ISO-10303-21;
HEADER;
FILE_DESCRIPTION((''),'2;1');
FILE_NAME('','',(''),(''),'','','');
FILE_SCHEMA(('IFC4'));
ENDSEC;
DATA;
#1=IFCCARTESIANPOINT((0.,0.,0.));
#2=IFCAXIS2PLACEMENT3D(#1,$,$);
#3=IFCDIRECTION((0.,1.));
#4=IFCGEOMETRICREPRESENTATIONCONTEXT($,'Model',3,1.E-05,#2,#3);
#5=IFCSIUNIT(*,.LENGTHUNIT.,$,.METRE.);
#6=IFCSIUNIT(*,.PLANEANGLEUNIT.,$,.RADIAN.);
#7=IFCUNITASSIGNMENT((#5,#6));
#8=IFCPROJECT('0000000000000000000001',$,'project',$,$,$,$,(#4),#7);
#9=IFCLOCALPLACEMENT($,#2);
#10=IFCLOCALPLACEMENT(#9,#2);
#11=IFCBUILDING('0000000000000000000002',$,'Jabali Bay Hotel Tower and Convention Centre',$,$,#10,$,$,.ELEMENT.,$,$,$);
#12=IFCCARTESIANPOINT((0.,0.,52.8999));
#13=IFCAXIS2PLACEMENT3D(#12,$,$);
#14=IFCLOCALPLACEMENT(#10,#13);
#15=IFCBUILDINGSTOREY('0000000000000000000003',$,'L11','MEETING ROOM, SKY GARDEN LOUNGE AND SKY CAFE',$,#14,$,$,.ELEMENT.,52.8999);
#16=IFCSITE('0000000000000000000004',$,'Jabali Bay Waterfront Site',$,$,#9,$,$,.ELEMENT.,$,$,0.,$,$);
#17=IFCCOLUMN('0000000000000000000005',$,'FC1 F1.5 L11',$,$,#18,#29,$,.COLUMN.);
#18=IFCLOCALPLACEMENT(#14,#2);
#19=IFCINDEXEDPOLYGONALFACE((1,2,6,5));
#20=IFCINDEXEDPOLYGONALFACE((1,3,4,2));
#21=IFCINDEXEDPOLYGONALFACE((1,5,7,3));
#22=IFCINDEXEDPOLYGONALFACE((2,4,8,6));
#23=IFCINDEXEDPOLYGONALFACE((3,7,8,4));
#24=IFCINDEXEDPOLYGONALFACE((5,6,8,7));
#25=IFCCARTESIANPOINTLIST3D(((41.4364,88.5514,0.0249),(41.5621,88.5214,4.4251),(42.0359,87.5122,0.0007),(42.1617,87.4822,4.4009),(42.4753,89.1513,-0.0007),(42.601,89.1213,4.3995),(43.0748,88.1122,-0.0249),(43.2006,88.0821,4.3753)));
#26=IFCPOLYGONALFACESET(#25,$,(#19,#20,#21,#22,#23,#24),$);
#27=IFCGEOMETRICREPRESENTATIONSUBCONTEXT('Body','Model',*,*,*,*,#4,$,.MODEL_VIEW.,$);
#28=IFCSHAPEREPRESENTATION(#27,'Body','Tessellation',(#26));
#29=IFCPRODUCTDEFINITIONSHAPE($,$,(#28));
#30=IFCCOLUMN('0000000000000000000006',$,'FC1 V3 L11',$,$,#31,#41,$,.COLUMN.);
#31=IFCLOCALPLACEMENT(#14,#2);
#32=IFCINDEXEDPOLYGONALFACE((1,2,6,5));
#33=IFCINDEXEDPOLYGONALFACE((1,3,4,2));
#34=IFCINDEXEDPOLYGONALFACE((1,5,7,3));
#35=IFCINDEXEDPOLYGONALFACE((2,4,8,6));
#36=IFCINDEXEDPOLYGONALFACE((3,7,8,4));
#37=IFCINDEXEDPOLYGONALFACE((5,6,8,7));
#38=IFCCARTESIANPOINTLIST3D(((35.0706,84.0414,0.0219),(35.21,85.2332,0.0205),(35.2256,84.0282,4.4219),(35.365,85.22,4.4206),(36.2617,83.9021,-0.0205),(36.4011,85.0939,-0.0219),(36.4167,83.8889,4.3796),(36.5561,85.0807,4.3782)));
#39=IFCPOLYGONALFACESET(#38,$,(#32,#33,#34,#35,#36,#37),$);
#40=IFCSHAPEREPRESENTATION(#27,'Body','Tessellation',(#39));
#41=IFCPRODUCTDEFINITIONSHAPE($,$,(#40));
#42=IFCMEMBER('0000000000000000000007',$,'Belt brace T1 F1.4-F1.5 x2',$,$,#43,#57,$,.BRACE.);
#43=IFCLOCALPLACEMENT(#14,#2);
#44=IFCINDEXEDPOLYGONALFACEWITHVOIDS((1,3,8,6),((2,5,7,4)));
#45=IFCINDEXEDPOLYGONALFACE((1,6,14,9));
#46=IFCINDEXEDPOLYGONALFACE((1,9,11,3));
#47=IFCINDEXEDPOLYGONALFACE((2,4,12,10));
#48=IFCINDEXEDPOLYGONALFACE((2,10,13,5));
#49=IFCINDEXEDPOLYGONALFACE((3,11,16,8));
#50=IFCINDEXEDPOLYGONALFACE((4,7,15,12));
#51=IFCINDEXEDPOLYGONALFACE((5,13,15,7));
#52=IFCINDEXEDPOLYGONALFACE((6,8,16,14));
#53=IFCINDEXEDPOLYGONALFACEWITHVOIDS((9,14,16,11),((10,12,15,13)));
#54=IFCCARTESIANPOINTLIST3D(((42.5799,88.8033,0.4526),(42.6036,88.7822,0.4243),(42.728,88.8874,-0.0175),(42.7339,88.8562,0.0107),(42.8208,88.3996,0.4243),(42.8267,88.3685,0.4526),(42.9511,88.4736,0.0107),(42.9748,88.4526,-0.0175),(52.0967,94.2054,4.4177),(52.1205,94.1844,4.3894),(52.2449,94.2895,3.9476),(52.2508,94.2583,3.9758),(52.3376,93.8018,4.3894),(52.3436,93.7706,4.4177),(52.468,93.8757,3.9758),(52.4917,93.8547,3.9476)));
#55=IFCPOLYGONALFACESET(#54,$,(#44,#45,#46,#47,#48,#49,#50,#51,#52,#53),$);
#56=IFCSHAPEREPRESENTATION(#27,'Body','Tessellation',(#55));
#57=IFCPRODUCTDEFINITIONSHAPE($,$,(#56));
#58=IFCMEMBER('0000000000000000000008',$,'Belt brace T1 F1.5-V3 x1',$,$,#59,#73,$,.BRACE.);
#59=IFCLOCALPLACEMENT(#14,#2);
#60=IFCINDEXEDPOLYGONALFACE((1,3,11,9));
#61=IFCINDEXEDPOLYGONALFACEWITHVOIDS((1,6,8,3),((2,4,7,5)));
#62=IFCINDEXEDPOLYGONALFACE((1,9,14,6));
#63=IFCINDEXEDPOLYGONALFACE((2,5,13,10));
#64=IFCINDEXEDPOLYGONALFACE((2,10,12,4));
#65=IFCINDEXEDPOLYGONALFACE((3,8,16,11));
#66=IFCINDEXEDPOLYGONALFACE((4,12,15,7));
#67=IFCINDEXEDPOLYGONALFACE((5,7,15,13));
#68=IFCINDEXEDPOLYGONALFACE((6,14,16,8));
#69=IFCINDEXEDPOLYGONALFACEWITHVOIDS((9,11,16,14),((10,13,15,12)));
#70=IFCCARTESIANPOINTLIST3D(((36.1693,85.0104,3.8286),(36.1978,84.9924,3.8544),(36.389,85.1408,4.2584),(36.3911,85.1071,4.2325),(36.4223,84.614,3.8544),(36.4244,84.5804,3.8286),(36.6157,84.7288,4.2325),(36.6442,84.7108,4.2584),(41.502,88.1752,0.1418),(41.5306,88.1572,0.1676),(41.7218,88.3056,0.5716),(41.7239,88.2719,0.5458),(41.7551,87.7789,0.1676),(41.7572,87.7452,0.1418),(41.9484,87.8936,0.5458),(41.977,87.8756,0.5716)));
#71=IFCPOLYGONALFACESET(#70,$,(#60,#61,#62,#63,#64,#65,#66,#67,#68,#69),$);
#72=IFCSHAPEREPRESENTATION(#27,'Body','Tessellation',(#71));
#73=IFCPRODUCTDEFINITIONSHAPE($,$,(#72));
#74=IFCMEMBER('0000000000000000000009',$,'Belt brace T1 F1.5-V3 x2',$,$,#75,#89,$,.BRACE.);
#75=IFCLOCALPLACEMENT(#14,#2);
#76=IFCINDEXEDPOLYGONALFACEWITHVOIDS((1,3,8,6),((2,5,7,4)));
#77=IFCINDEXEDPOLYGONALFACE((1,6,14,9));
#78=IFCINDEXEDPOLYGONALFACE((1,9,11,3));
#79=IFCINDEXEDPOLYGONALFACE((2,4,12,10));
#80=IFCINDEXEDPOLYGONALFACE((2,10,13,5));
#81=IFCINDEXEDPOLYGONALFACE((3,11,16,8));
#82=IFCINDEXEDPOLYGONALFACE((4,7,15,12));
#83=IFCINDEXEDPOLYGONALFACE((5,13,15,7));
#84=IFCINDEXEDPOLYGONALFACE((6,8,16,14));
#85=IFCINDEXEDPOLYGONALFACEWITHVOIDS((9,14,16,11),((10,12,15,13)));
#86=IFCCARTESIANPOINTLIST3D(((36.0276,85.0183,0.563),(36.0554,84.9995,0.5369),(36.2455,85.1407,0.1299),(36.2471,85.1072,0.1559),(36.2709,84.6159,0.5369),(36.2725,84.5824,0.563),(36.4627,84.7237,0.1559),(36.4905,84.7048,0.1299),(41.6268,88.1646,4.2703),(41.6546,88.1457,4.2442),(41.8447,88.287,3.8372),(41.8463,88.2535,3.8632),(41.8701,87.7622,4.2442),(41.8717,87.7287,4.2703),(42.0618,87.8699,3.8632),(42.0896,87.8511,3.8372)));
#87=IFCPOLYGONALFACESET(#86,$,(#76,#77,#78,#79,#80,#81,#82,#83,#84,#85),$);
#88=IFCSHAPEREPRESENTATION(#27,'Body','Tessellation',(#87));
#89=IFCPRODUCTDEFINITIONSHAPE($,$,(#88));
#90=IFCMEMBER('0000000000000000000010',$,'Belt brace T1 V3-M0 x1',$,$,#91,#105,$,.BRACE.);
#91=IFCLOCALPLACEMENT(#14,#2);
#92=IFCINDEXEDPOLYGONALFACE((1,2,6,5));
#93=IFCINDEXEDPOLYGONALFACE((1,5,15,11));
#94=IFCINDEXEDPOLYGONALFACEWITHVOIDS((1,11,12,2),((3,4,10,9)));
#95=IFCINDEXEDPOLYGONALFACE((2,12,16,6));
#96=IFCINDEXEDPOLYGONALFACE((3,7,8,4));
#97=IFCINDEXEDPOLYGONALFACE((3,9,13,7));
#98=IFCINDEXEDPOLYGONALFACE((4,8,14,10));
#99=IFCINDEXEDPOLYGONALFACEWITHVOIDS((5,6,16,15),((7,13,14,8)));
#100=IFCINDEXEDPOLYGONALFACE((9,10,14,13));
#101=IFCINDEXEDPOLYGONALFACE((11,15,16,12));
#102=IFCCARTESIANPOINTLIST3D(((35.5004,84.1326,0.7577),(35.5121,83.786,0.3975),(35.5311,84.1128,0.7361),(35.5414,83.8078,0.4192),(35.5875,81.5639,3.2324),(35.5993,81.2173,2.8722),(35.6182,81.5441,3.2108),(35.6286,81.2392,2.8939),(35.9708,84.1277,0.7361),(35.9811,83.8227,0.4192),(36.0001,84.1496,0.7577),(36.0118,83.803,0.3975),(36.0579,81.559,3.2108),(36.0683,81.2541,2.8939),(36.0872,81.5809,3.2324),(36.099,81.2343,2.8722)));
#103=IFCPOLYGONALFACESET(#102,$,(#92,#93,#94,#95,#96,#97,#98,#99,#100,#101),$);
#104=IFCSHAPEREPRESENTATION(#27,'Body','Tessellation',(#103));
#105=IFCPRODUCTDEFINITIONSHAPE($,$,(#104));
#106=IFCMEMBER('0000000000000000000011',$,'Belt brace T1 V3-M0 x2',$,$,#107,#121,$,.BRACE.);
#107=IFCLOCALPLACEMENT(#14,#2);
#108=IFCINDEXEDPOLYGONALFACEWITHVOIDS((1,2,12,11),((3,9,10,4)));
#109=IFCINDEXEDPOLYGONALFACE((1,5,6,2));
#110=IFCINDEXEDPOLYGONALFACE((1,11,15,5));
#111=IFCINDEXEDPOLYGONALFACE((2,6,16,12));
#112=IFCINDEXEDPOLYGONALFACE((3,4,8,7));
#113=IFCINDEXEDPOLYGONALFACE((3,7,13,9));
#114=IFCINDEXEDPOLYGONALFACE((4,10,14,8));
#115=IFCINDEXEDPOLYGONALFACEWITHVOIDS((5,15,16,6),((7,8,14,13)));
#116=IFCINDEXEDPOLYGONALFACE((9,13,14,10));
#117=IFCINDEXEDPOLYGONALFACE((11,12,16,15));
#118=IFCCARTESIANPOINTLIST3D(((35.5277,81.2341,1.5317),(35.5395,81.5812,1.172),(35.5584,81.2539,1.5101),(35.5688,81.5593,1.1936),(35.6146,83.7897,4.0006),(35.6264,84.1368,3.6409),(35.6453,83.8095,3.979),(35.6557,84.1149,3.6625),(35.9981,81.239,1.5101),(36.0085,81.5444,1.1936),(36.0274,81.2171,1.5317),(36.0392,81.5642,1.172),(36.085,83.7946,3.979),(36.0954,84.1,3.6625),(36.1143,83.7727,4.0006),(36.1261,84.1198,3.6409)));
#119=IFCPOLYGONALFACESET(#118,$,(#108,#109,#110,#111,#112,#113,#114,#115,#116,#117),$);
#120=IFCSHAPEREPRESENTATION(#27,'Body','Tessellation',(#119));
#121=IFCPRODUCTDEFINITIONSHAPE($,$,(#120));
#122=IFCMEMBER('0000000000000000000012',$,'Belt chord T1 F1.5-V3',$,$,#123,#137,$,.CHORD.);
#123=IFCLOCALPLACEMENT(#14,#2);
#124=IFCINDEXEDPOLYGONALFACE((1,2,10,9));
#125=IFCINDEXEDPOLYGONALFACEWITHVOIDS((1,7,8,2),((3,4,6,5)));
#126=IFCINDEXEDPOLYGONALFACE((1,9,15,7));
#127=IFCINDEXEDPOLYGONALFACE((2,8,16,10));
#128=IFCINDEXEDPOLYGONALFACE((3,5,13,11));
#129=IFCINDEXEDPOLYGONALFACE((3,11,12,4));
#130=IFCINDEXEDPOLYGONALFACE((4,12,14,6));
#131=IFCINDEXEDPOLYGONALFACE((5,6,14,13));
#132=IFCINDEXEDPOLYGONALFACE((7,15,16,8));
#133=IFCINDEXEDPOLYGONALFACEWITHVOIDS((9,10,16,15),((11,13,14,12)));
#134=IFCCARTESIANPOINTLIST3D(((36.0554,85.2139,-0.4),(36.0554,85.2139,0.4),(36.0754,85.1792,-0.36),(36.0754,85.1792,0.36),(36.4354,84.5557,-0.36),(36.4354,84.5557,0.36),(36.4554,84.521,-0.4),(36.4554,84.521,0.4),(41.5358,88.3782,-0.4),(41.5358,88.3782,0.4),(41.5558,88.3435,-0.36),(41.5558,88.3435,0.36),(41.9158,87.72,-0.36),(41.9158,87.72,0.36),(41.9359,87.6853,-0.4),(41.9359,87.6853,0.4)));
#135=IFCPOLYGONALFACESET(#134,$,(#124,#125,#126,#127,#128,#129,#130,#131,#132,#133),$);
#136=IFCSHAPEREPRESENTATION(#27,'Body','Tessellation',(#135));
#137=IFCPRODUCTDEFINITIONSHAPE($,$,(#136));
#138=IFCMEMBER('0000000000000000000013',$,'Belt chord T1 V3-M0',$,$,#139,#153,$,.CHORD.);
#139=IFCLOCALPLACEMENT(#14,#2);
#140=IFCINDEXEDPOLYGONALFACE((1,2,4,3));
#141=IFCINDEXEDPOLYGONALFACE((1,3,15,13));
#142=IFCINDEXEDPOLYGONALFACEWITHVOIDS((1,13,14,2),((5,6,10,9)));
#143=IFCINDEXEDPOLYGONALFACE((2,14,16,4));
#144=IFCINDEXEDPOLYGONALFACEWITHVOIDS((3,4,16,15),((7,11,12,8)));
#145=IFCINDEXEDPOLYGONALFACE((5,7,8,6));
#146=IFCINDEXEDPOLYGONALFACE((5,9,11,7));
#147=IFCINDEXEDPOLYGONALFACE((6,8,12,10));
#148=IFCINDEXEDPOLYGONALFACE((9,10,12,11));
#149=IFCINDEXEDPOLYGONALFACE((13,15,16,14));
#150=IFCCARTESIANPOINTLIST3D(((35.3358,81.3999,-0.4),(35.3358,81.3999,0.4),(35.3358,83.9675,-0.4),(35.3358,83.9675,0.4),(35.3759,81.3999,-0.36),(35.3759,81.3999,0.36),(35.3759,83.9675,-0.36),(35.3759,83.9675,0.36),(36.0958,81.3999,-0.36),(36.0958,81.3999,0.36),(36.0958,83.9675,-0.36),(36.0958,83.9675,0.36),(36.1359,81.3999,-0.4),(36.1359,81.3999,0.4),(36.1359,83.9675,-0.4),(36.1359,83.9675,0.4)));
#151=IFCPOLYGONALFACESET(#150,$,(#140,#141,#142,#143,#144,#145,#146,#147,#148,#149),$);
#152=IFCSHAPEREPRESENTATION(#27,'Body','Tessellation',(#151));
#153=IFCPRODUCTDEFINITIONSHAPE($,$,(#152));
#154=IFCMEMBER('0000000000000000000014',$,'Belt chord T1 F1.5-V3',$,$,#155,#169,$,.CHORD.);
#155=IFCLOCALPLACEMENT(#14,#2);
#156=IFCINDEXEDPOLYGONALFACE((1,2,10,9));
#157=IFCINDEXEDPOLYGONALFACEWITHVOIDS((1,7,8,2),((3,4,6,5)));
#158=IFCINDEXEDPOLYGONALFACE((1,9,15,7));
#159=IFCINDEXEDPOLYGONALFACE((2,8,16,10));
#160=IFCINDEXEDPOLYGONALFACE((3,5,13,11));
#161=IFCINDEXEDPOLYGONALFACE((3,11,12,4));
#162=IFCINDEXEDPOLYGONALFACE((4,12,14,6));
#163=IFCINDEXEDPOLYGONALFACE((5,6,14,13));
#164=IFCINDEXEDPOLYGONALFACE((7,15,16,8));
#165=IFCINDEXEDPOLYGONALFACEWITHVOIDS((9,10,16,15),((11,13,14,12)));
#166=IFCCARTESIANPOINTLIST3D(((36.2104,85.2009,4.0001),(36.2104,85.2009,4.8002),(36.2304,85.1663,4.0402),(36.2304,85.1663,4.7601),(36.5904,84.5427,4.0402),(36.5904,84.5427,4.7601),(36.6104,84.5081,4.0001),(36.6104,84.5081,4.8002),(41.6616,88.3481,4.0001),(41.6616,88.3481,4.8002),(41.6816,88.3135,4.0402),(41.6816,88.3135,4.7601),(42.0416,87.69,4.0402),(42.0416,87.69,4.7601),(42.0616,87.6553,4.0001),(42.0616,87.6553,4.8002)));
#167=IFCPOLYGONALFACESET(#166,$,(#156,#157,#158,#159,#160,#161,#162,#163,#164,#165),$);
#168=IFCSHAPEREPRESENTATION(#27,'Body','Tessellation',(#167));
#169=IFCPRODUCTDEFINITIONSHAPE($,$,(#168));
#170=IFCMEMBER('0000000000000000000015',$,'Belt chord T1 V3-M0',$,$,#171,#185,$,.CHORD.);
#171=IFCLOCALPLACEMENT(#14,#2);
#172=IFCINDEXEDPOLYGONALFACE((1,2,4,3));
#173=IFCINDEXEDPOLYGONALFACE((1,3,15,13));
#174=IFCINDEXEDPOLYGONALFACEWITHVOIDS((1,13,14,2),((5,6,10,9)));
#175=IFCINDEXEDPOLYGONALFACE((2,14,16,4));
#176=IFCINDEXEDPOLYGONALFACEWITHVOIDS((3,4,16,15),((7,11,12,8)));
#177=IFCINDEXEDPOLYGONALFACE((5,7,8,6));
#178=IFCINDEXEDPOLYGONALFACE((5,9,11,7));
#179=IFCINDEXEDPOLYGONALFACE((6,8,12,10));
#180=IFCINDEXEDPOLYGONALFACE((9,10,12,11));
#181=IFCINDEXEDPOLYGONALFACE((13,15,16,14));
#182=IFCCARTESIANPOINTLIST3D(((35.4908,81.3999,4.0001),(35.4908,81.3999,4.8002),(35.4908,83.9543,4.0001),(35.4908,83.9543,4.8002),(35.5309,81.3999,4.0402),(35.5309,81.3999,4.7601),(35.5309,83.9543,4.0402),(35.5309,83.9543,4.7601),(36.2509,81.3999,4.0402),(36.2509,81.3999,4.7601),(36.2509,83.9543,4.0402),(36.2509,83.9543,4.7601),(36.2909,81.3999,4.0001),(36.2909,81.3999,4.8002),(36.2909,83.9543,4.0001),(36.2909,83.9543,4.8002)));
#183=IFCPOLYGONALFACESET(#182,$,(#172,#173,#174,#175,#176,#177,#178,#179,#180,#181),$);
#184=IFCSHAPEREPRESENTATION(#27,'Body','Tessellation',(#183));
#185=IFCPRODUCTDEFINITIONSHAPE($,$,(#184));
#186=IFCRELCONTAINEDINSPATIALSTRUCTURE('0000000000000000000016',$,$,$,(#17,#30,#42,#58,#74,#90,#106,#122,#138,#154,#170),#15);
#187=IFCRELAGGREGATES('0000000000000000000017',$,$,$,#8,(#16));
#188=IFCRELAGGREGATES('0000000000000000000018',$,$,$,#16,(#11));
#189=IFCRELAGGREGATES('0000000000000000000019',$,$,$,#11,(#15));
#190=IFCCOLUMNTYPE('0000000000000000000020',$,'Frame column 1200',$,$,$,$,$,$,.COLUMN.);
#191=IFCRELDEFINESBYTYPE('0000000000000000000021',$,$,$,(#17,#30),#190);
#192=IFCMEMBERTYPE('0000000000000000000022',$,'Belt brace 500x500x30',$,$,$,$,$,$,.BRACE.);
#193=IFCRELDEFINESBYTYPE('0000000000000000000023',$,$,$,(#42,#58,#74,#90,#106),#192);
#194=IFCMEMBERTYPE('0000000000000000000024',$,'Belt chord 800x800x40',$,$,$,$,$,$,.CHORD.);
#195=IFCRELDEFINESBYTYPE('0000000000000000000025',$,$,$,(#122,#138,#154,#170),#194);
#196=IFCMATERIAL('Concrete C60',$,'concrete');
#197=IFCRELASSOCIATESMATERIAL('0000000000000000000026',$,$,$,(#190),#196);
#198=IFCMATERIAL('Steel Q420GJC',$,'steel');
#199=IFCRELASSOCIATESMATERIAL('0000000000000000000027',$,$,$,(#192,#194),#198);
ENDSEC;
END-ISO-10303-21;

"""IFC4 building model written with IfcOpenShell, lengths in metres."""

from ifc_helpers import new_model, si_unit, direction, frame, origin, origin_2d, place, context, subcontext, project, spatial, rectangle, hollow_rectangle, extrude, material, material_profile, profile_set, type_object, element, save


model = new_model("IFC4")

# Units and contexts
model_context = context("Model", 3, precision=1e-05, world=origin(), true_north=direction((0.0, 1.0)))
body_context = subcontext(model_context, "Body", "Model", "MODEL_VIEW")
ifc_project = project(units=[si_unit("LENGTHUNIT", "METRE"), si_unit("PLANEANGLEUNIT", "RADIAN")], contexts=[model_context])

# Site, building, storey
site_placement = place(None, origin())
site = spatial("IfcSite", under=ifc_project, at=site_placement, Name="Jabali Bay Waterfront Site", CompositionType="ELEMENT", RefElevation=0.0)
building_placement = place(site_placement, origin())
building = spatial("IfcBuilding", under=site, at=building_placement, Name="Jabali Bay Hotel Tower and Convention Centre", CompositionType="ELEMENT")
storey_placement = place(building_placement, frame((0.0, 0.0, 52.8999)))
storey = spatial("IfcBuildingStorey", under=building, at=storey_placement, Name="L11", Description="MEETING ROOM, SKY GARDEN LOUNGE AND SKY CAFE", CompositionType="ELEMENT", Elevation=52.8999)

# Columns
ifc_material_1 = material(Name="Concrete C60", Category="concrete")
ifc_material_profile_1 = material_profile(ifc_material_1, rectangle(XDim=1.2, YDim=1.2, at=origin_2d()), Name="Frame column 1200")
ifc_profile_set_1 = profile_set([ifc_material_profile_1], Name="Concrete C60")
column_type = type_object("IfcColumnType", Name="Frame column 1200", PredefinedType="COLUMN", material=ifc_profile_set_1)
column_1_placement = place(storey_placement, frame((42.2556, 88.3318, 0.0), z_axis=(0.028562, -0.006822, 0.999569), x_axis=(-0.499618, 0.866011, 0.020187)))
element("IfcColumn", 1, at=column_1_placement, inside=storey, type_object=column_type, Name="FC1 F1.5 L11", PredefinedType="COLUMN", context=body_context, shape_type="SweptSolid", body=[
    extrude(rectangle(XDim=1.2, YDim=1.2, at=origin_2d()), origin(), (0.0, 0.0, 1.0), 4.4021),
])
column_2_placement = place(storey_placement, frame((35.7358, 84.5676, 0.0), z_axis=(0.035211, -0.002994, 0.999375), x_axis=(-0.992609, 0.1161, 0.03532)))
element("IfcColumn", 2, at=column_2_placement, inside=storey, type_object=column_type, Name="FC1 V3 L11", PredefinedType="COLUMN", context=body_context, shape_type="SweptSolid", body=[
    extrude(rectangle(XDim=1.2, YDim=1.2, at=origin_2d()), origin(), (0.0, 0.0, 1.0), 4.4028),
])

# Members
ifc_material_2 = material(Name="Steel Q420GJC", Category="steel")
ifc_material_profile_2 = material_profile(ifc_material_2, hollow_rectangle(XDim=0.5, YDim=0.5, WallThickness=0.03, at=origin_2d()), Name="Belt brace 500x500x30")
ifc_profile_set_2 = profile_set([ifc_material_profile_2], Name="Steel Q420GJC")
member_type_1 = type_object("IfcMemberType", Name="Belt brace 500x500x30", PredefinedType="BRACE", material=ifc_profile_set_2)
member_1_placement = place(storey_placement, frame((42.7773, 88.6279, 0.2175), z_axis=(0.817643, 0.464123, 0.340662), x_axis=(-0.49365, 0.869661, 0.0)))
element("IfcMember", 3, at=member_1_placement, inside=storey, type_object=member_type_1, Name="Belt brace T1 F1.4-F1.5 x2", PredefinedType="BRACE", context=body_context, shape_type="SweptSolid", body=[
    extrude(hollow_rectangle(XDim=0.5, YDim=0.5, WallThickness=0.03, at=origin_2d()), origin(), (0.0, 0.0, 1.0), 11.6394),
])
member_2_placement = place(storey_placement, frame((41.7395, 88.0254, 0.3567), z_axis=(-0.73919, -0.438682, 0.511034), x_axis=(0.510356, -0.859963, 0.0)))
element("IfcMember", 4, at=member_2_placement, inside=storey, type_object=member_type_1, Name="Belt brace T1 F1.5-V3 x1", PredefinedType="BRACE", context=body_context, shape_type="SweptSolid", body=[
    extrude(hollow_rectangle(XDim=0.5, YDim=0.5, WallThickness=0.03, at=origin_2d()), origin(), (0.0, 0.0, 1.0), 7.2144),
])
member_3_placement = place(storey_placement, frame((36.259, 84.8616, 0.3464), z_axis=(0.755034, 0.424266, 0.499921), x_axis=(-0.489875, 0.871793, 0.0)))
element("IfcMember", 5, at=member_3_placement, inside=storey, type_object=member_type_1, Name="Belt brace T1 F1.5-V3 x2", PredefinedType="BRACE", context=body_context, shape_type="SweptSolid", body=[
    extrude(hollow_rectangle(XDim=0.5, YDim=0.5, WallThickness=0.03, at=origin_2d()), origin(), (0.0, 0.0, 1.0), 7.4158),
])
member_4_placement = place(storey_placement, frame((35.7561, 83.9678, 0.5776), z_axis=(0.024429, -0.719946, 0.6936), x_axis=(0.999425, 0.033913, 0.0)))
element("IfcMember", 6, at=member_4_placement, inside=storey, type_object=member_type_1, Name="Belt brace T1 V3-M0 x1", PredefinedType="BRACE", context=body_context, shape_type="SweptSolid", body=[
    extrude(hollow_rectangle(XDim=0.5, YDim=0.5, WallThickness=0.03, at=origin_2d()), origin(), (0.0, 0.0, 1.0), 3.5679),
])
member_5_placement = place(storey_placement, frame((35.7834, 81.3992, 1.3518), z_axis=(0.024451, 0.718982, 0.694599), x_axis=(-0.999422, 0.033989, 0.0)))
element("IfcMember", 7, at=member_5_placement, inside=storey, type_object=member_type_1, Name="Belt brace T1 V3-M0 x2", PredefinedType="BRACE", context=body_context, shape_type="SweptSolid", body=[
    extrude(hollow_rectangle(XDim=0.5, YDim=0.5, WallThickness=0.03, at=origin_2d()), origin(), (0.0, 0.0, 1.0), 3.5544),
])
ifc_material_profile_3 = material_profile(ifc_material_2, hollow_rectangle(XDim=0.8, YDim=0.8, WallThickness=0.04, at=origin_2d()), Name="Belt chord 800x800x40")
ifc_profile_set_3 = profile_set([ifc_material_profile_3], Name="Steel Q420GJC")
member_type_2 = type_object("IfcMemberType", Name="Belt chord 800x800x40", PredefinedType="CHORD", material=ifc_profile_set_3)
member_6_placement = place(storey_placement, frame((41.7358, 88.0317, 0.0), z_axis=(-0.866015, -0.500019, 0.0), x_axis=(0.500019, -0.866015, 0.0)))
element("IfcMember", 8, at=member_6_placement, inside=storey, type_object=member_type_2, Name="Belt chord T1 F1.5-V3", PredefinedType="CHORD", context=body_context, shape_type="SweptSolid", body=[
    extrude(hollow_rectangle(XDim=0.8, YDim=0.8, WallThickness=0.04, at=origin_2d()), origin(), (0.0, 0.0, 1.0), 6.3284),
])
member_7_placement = place(storey_placement, frame((35.7358, 83.9675, 0.0), z_axis=(0.0, -1.0, 0.0), x_axis=(1.0, 0.0, 0.0)))
element("IfcMember", 9, at=member_7_placement, inside=storey, type_object=member_type_2, Name="Belt chord T1 V3-M0", PredefinedType="CHORD", context=body_context, shape_type="SweptSolid", body=[
    extrude(hollow_rectangle(XDim=0.8, YDim=0.8, WallThickness=0.04, at=origin_2d()), origin(), (0.0, 0.0, 1.0), 2.5676),
])
member_8_placement = place(storey_placement, frame((41.8616, 88.0017, 4.4001), z_axis=(-0.866027, -0.499998, 0.0), x_axis=(0.499998, -0.866027, 0.0)))
element("IfcMember", 10, at=member_8_placement, inside=storey, type_object=member_type_2, Name="Belt chord T1 F1.5-V3", PredefinedType="CHORD", context=body_context, shape_type="SweptSolid", body=[
    extrude(hollow_rectangle(XDim=0.8, YDim=0.8, WallThickness=0.04, at=origin_2d()), origin(), (0.0, 0.0, 1.0), 6.2944),
])
member_9_placement = place(storey_placement, frame((35.8909, 83.9543, 4.4001), z_axis=(0.0, -1.0, 0.0), x_axis=(1.0, 0.0, 0.0)))
element("IfcMember", 11, at=member_9_placement, inside=storey, type_object=member_type_2, Name="Belt chord T1 V3-M0", PredefinedType="CHORD", context=body_context, shape_type="SweptSolid", body=[
    extrude(hollow_rectangle(XDim=0.8, YDim=0.8, WallThickness=0.04, at=origin_2d()), origin(), (0.0, 0.0, 1.0), 2.5544),
])

save(model, "model.ifc")
